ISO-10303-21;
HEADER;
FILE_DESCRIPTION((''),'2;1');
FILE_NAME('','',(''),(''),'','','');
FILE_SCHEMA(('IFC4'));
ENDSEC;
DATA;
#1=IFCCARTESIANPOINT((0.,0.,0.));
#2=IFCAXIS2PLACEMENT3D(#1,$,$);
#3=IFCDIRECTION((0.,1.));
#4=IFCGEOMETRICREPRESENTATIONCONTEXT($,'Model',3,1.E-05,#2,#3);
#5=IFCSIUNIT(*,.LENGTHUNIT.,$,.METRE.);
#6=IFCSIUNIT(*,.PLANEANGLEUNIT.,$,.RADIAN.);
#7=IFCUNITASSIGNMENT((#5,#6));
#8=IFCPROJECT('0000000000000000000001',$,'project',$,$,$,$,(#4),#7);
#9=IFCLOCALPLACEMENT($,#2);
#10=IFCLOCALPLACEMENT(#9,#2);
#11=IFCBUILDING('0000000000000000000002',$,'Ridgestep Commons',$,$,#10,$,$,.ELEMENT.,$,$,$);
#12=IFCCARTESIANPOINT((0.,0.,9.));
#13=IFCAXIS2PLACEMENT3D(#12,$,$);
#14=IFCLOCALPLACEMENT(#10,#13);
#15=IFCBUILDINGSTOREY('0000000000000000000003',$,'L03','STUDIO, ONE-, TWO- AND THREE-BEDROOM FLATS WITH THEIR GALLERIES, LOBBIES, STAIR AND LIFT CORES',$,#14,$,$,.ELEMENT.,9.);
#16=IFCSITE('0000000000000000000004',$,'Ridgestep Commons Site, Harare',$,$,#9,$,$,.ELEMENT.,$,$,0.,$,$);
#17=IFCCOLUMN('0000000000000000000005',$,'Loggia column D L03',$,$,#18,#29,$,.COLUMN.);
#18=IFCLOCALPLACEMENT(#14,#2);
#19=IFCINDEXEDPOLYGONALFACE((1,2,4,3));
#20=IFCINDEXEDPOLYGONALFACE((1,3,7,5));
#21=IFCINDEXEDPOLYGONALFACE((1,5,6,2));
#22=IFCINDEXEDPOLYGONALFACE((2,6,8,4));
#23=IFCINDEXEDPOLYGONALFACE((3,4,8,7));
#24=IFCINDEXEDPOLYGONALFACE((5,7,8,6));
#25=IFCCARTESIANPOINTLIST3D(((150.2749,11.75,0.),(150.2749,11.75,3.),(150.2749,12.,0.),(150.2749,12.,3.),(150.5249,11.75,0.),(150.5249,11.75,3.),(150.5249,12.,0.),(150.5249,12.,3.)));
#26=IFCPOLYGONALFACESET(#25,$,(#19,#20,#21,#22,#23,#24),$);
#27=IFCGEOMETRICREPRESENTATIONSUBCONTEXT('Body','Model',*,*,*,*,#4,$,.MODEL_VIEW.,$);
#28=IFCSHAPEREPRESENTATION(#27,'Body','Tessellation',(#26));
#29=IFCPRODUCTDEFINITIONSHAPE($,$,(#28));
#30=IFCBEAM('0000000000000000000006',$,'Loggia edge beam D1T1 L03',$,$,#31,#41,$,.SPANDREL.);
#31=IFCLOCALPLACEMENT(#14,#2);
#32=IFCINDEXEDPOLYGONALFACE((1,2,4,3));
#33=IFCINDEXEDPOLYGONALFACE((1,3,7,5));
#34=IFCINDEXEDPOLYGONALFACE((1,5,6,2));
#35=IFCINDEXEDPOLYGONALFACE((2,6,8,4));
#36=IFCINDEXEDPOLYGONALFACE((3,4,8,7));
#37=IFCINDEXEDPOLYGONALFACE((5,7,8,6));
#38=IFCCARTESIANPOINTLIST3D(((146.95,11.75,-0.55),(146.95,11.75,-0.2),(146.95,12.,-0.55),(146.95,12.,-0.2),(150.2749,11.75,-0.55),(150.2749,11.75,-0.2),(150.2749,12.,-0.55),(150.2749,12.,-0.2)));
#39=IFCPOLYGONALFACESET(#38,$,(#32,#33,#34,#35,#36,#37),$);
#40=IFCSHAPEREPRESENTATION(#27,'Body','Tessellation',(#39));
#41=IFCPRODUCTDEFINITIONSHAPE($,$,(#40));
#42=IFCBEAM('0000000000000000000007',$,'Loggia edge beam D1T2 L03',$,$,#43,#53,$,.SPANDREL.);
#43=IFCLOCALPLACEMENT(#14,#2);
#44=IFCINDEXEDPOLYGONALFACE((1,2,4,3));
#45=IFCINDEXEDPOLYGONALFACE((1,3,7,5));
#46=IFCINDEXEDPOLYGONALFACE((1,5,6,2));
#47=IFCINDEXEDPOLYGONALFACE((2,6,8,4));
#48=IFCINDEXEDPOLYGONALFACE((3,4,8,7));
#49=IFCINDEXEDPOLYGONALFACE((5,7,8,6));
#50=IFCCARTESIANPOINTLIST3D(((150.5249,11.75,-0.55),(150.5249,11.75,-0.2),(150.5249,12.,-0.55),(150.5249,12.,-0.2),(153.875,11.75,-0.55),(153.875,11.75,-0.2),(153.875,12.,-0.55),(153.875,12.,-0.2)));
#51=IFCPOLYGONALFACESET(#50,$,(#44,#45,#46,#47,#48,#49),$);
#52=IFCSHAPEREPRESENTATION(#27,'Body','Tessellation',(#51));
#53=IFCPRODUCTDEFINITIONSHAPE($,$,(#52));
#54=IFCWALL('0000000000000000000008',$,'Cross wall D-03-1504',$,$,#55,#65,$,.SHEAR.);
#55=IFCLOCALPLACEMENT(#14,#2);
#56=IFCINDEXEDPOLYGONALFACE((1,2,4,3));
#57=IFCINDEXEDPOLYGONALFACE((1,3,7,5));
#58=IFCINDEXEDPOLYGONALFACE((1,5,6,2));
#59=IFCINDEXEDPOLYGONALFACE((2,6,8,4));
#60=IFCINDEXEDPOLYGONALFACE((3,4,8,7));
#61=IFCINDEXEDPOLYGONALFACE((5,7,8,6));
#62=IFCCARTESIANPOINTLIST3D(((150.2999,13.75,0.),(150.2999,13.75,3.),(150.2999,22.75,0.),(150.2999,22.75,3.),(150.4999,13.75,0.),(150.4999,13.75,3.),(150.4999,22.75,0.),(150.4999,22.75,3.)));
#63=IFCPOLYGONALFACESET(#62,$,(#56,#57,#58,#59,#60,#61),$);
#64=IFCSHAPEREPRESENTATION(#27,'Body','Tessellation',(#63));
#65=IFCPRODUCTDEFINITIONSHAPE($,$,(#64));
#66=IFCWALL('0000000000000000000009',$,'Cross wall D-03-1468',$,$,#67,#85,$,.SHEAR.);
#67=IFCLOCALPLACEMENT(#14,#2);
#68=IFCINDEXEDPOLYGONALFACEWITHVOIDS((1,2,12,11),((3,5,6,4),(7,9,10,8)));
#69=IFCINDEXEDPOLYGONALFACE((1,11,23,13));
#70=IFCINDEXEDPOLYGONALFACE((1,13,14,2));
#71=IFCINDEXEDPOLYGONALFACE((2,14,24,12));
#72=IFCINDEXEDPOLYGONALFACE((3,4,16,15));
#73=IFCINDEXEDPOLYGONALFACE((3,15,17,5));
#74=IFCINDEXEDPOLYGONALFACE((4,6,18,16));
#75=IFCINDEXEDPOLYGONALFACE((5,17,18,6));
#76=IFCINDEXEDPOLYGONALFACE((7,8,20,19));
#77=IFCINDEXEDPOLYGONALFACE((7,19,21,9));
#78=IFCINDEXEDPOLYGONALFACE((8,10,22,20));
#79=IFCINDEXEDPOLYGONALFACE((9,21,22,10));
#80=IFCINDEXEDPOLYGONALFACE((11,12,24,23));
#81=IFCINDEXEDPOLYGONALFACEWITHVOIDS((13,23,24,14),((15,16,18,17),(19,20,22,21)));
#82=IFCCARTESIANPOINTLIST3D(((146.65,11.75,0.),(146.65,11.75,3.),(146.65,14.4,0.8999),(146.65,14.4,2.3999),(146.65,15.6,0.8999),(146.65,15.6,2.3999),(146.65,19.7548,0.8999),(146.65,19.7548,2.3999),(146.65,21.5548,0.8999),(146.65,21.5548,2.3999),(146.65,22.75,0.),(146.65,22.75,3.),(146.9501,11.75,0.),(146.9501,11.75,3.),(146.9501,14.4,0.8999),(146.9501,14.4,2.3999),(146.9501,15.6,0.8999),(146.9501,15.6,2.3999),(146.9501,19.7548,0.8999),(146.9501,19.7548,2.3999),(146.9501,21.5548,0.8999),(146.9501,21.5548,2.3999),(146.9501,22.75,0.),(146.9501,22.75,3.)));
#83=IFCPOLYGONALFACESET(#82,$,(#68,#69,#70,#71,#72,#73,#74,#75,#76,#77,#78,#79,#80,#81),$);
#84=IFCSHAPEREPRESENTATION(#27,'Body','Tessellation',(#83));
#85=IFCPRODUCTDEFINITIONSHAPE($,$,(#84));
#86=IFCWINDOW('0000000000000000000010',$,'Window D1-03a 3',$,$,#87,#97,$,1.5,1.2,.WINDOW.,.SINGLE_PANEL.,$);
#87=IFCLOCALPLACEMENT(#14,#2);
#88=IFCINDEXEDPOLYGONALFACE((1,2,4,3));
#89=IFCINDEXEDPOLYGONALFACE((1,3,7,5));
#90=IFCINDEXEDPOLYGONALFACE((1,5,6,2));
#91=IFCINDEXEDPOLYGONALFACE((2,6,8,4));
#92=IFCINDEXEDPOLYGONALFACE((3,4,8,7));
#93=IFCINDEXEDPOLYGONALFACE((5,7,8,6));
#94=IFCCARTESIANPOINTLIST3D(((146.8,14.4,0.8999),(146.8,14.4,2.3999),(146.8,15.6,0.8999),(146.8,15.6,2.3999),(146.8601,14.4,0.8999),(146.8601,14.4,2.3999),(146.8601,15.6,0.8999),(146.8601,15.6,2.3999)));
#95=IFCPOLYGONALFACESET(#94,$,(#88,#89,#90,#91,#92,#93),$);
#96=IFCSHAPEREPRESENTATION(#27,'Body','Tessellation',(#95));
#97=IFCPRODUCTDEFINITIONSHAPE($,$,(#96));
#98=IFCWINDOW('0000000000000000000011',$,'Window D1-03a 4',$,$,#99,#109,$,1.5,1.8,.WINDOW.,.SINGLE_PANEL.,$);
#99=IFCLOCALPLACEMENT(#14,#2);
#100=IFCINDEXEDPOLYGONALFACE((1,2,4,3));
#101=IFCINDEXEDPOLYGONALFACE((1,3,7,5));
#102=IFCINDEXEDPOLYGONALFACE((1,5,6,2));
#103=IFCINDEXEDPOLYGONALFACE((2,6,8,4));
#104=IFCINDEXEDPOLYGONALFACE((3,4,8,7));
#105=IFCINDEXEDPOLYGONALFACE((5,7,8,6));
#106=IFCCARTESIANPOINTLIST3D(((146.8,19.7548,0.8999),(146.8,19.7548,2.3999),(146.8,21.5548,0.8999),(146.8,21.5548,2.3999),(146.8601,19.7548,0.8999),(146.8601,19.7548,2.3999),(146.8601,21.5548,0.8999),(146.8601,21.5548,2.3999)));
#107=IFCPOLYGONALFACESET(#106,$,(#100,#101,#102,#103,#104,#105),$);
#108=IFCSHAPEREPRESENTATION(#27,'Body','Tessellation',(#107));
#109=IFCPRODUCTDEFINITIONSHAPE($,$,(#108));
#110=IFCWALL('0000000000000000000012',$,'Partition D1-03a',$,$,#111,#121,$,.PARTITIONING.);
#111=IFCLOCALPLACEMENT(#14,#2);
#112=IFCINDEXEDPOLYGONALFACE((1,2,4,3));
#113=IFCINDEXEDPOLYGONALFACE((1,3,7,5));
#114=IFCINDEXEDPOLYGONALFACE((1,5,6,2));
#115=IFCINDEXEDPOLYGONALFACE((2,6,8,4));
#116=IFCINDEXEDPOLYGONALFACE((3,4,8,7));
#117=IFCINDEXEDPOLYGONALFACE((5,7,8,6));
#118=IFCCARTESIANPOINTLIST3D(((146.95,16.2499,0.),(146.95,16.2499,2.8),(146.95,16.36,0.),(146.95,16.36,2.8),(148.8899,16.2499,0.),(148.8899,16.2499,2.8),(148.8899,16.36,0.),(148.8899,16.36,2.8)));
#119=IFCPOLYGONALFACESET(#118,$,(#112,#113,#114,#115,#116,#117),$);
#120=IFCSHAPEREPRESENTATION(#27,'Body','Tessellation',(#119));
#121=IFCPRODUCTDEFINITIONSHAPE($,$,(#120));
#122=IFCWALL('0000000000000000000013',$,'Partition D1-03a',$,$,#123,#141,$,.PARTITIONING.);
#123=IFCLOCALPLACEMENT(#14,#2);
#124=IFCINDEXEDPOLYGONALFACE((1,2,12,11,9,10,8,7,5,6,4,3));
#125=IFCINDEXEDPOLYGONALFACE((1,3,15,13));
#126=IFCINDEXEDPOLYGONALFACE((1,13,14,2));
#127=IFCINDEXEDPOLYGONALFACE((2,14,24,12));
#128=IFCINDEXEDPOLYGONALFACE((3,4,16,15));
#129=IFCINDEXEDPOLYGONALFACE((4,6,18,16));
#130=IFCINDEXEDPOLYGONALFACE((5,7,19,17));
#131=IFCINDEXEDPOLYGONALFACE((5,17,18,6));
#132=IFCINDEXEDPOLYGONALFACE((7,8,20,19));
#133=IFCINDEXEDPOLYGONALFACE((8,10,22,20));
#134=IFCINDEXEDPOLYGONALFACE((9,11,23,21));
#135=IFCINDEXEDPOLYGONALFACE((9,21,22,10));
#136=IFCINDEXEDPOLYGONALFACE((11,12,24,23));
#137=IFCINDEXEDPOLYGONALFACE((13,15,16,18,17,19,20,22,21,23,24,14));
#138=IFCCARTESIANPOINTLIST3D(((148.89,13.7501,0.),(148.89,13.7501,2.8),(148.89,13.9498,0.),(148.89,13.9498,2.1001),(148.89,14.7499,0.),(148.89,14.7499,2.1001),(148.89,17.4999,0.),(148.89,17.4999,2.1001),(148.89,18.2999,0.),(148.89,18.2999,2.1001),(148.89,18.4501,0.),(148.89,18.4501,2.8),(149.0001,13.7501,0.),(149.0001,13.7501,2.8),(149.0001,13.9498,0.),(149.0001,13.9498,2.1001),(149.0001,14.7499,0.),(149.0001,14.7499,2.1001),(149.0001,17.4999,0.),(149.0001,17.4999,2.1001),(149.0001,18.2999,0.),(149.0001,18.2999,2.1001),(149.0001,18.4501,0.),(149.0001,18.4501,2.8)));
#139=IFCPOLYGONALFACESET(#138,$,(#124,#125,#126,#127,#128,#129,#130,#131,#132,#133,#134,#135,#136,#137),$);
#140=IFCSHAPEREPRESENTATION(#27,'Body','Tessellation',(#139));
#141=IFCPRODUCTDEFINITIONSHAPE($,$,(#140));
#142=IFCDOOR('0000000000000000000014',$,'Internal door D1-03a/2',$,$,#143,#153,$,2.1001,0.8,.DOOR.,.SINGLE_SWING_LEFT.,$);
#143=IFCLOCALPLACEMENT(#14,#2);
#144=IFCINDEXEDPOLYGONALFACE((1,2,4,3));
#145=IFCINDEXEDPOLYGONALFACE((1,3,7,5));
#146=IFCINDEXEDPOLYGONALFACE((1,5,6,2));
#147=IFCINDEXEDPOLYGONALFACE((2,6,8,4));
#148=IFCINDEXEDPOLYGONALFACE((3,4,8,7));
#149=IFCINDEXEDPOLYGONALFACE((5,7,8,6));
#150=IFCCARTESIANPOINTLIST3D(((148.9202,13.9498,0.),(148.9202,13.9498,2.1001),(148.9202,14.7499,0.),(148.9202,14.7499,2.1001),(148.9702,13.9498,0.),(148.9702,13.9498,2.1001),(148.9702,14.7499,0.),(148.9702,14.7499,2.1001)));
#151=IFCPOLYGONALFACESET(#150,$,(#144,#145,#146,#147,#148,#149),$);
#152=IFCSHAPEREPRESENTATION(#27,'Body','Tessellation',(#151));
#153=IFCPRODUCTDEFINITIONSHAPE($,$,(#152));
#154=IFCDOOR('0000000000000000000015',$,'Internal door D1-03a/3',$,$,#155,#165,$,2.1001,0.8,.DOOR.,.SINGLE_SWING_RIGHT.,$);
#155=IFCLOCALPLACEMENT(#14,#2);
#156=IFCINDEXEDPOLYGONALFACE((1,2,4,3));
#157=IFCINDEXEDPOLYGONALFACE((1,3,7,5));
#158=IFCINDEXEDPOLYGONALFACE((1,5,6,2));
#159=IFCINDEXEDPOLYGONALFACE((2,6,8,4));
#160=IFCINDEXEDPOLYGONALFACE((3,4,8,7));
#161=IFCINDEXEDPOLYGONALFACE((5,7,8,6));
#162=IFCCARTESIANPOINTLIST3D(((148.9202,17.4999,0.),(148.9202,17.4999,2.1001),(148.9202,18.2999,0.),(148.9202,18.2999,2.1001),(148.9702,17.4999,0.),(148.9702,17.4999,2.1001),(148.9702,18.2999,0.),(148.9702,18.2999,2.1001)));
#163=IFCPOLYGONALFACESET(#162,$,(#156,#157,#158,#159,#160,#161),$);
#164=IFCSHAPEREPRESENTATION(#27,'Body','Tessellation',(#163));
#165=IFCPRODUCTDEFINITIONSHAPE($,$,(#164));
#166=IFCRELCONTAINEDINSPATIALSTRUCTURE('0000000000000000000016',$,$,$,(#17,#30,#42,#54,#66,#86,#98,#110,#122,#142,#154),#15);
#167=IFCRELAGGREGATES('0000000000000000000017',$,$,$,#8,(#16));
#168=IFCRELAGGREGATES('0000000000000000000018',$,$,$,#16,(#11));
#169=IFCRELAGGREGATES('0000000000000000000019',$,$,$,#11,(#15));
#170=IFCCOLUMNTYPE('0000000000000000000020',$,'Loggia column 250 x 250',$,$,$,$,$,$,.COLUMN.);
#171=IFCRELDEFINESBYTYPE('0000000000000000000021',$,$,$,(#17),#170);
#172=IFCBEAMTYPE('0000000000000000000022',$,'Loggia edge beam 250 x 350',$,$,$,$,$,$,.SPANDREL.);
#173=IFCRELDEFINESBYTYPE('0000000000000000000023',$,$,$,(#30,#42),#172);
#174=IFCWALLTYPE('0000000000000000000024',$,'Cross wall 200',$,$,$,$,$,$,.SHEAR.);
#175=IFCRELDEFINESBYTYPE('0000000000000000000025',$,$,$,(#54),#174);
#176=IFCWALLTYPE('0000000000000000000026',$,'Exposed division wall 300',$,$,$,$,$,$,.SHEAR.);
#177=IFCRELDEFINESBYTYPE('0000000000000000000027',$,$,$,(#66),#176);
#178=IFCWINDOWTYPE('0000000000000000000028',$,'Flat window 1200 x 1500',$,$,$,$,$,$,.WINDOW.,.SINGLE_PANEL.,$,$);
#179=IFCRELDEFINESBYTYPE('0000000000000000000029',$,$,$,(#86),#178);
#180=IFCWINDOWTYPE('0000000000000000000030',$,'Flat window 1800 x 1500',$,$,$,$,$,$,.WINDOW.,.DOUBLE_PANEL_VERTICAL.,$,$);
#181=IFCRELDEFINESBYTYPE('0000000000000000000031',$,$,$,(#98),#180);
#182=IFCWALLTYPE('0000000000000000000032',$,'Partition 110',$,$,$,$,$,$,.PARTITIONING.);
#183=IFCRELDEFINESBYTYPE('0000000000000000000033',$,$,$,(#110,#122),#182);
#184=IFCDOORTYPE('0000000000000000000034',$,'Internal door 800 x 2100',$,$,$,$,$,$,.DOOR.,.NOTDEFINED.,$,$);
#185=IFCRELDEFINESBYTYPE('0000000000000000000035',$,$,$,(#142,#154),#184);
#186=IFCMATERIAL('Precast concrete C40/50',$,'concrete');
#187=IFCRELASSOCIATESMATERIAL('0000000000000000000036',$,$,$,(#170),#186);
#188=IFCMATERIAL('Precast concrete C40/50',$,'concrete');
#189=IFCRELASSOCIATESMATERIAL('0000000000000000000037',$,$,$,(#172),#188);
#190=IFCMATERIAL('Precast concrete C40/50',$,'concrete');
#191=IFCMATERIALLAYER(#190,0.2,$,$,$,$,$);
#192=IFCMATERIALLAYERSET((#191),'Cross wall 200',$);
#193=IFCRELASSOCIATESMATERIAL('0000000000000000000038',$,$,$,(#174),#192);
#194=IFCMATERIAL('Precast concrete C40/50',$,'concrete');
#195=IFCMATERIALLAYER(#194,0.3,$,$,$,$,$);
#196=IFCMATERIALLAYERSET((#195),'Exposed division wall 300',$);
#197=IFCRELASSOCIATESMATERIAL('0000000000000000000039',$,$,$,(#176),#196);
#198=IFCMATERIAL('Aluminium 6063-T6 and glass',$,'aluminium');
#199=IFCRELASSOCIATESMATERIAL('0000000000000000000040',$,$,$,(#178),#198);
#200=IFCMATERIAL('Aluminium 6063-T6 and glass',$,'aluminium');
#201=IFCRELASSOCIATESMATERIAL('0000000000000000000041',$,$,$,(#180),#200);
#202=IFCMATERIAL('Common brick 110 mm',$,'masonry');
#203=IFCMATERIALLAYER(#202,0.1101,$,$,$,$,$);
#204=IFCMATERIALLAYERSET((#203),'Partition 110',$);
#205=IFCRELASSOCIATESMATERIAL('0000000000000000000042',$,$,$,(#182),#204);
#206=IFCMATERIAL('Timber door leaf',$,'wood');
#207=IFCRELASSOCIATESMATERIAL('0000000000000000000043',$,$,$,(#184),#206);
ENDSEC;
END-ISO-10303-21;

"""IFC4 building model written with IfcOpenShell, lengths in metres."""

from ifc_helpers import new_model, si_unit, direction, frame, frame_2d, origin, origin_2d, place, context, subcontext, project, spatial, rectangle, extrude, material, layer, layer_set, material_profile, profile_set, type_object, element, fill, save


model = new_model("IFC4")

# Units and contexts
model_context = context("Model", 3, precision=1e-05, world=origin(), true_north=direction((0.0, 1.0)))
body_context = subcontext(model_context, "Body", "Model", "MODEL_VIEW")
ifc_project = project(units=[si_unit("LENGTHUNIT", "METRE"), si_unit("PLANEANGLEUNIT", "RADIAN")], contexts=[model_context])

# Site, building, storey
site_placement = place(None, origin())
site = spatial("IfcSite", under=ifc_project, at=site_placement, Name="Ridgestep Commons Site, Harare", CompositionType="ELEMENT", RefElevation=0.0)
building_placement = place(site_placement, origin())
building = spatial("IfcBuilding", under=site, at=building_placement, Name="Ridgestep Commons", CompositionType="ELEMENT")
storey_placement = place(building_placement, frame((0.0, 0.0, 9.0)))
storey = spatial("IfcBuildingStorey", under=building, at=storey_placement, Name="L03", Description="STUDIO, ONE-, TWO- AND THREE-BEDROOM FLATS WITH THEIR GALLERIES, LOBBIES, STAIR AND LIFT CORES", CompositionType="ELEMENT", Elevation=9.0)

# Column
ifc_material_1 = material(Name="Precast concrete C40/50", Category="concrete")
ifc_material_profile_1 = material_profile(ifc_material_1, rectangle(XDim=0.25, YDim=0.25, at=origin_2d()), Name="PC 250x250")
ifc_profile_set_1 = profile_set([ifc_material_profile_1], Name="Precast concrete C40/50")
column_type = type_object("IfcColumnType", Name="Loggia column 250 x 250", PredefinedType="COLUMN", material=ifc_profile_set_1)
column_placement = place(storey_placement, frame((150.3999, 11.875, 0.0), z_axis=(0.0, 0.0, 1.0), x_axis=(1.0, 0.0, 0.0)))
element("IfcColumn", 1, at=column_placement, inside=storey, type_object=column_type, Name="Loggia column D L03", PredefinedType="COLUMN", context=body_context, shape_type="SweptSolid", body=[
    extrude(rectangle(XDim=0.25, YDim=0.25, at=origin_2d()), origin(), (0.0, 0.0, 1.0), 3.0),
])

# Beams
ifc_material_2 = material(Name="Precast concrete C40/50", Category="concrete")
ifc_material_profile_2 = material_profile(ifc_material_2, rectangle(XDim=0.25, YDim=0.3501, at=origin_2d()), Name="PC 250x350")
ifc_profile_set_2 = profile_set([ifc_material_profile_2], Name="Precast concrete C40/50")
beam_type = type_object("IfcBeamType", Name="Loggia edge beam 250 x 350", PredefinedType="SPANDREL", material=ifc_profile_set_2)
beam_1_placement = place(storey_placement, frame((146.95, 11.875, -0.375), z_axis=(1.0, 0.0, 0.0), x_axis=(0.0, 1.0, 0.0)))
element("IfcBeam", 2, at=beam_1_placement, inside=storey, type_object=beam_type, Name="Loggia edge beam D1T1 L03", PredefinedType="SPANDREL", context=body_context, shape_type="SweptSolid", body=[
    extrude(rectangle(XDim=0.25, YDim=0.3501, at=origin_2d()), origin(), (0.0, 0.0, 1.0), 3.325),
])
beam_2_placement = place(storey_placement, frame((150.5249, 11.875, -0.375), z_axis=(1.0, 0.0, 0.0), x_axis=(0.0, 1.0, 0.0)))
element("IfcBeam", 3, at=beam_2_placement, inside=storey, type_object=beam_type, Name="Loggia edge beam D1T2 L03", PredefinedType="SPANDREL", context=body_context, shape_type="SweptSolid", body=[
    extrude(rectangle(XDim=0.25, YDim=0.3501, at=origin_2d()), origin(), (0.0, 0.0, 1.0), 3.3501),
])

# Wall
ifc_material_3 = material(Name="Precast concrete C40/50", Category="concrete")
ifc_layer_1 = layer(ifc_material_3, 0.2)
ifc_layer_set_1 = layer_set([ifc_layer_1], Name="Cross wall 200")
wall_type_1 = type_object("IfcWallType", Name="Cross wall 200", PredefinedType="SHEAR", material=ifc_layer_set_1)
wall_1_placement = place(storey_placement, frame((150.3999, 13.75, 0.0), z_axis=(0.0, 0.0, 1.0), x_axis=(0.0, 1.0, 0.0)))
element("IfcWall", 4, at=wall_1_placement, inside=storey, type_object=wall_type_1, Name="Cross wall D-03-1504", PredefinedType="SHEAR", context=body_context, shape_type="SweptSolid", body=[
    extrude(rectangle(XDim=9.0, YDim=0.2, at=frame_2d((4.5, 0.0))), origin(), (0.0, 0.0, 1.0), 3.0),
])

# Wall, openings, windows
ifc_material_4 = material(Name="Precast concrete C40/50", Category="concrete")
ifc_layer_2 = layer(ifc_material_4, 0.3)
ifc_layer_set_2 = layer_set([ifc_layer_2], Name="Exposed division wall 300")
wall_type_2 = type_object("IfcWallType", Name="Exposed division wall 300", PredefinedType="SHEAR", material=ifc_layer_set_2)
wall_2_placement = place(storey_placement, frame((146.8, 11.75, 0.0), z_axis=(0.0, 0.0, 1.0), x_axis=(0.0, 1.0, 0.0)))
wall_2 = element("IfcWall", 5, at=wall_2_placement, inside=storey, type_object=wall_type_2, Name="Cross wall D-03-1468", PredefinedType="SHEAR", context=body_context, shape_type="SweptSolid", body=[
    extrude(rectangle(XDim=11.0, YDim=0.3, at=frame_2d((5.5, 0.0))), origin(), (0.0, 0.0, 1.0), 3.0),
])
opening_1_placement = place(wall_2_placement, frame((2.6499, 0.0, 0.8999)))
opening_1 = element("IfcOpeningElement", 6, at=opening_1_placement, cuts=wall_2, PredefinedType="OPENING", context=body_context, shape_type="SweptSolid", body=[
    extrude(rectangle(XDim=1.2, YDim=1.5, at=frame_2d((0.6001, 0.75))), frame((0.0, 0.1599, 0.0), z_axis=(0.0, -1.0, 0.0), x_axis=(1.0, 0.0, 0.0)), (0.0, 0.0, 1.0), 0.3201),
])
opening_2_placement = place(wall_2_placement, frame((8.0049, 0.0, 0.8999)))
opening_2 = element("IfcOpeningElement", 7, at=opening_2_placement, cuts=wall_2, PredefinedType="OPENING", context=body_context, shape_type="SweptSolid", body=[
    extrude(rectangle(XDim=1.8, YDim=1.5, at=frame_2d((0.8999, 0.75))), frame((0.0, 0.1599, 0.0), z_axis=(0.0, -1.0, 0.0), x_axis=(1.0, 0.0, 0.0)), (0.0, 0.0, 1.0), 0.3201),
])
ifc_material_5 = material(Name="Aluminium 6063-T6 and glass", Category="aluminium")
window_type_1 = type_object("IfcWindowType", Name="Flat window 1200 x 1500", PartitioningType="SINGLE_PANEL", PredefinedType="WINDOW", material=ifc_material_5)
window_1_placement = place(opening_1_placement, origin())
window_1 = element("IfcWindow", 8, at=window_1_placement, inside=storey, type_object=window_type_1, Name="Window D1-03a 3", OverallHeight=1.5, OverallWidth=1.2, PartitioningType="SINGLE_PANEL", PredefinedType="WINDOW", context=body_context, shape_type="SweptSolid", body=[
    extrude(rectangle(XDim=1.2, YDim=1.5, at=frame_2d((0.6001, 0.75))), frame((0.0, 0.0, 0.0), z_axis=(0.0, -1.0, 0.0), x_axis=(1.0, 0.0, 0.0)), (0.0, 0.0, 1.0), 0.0601),
])
fill(opening_1, window_1)
ifc_material_6 = material(Name="Aluminium 6063-T6 and glass", Category="aluminium")
window_type_2 = type_object("IfcWindowType", Name="Flat window 1800 x 1500", PartitioningType="DOUBLE_PANEL_VERTICAL", PredefinedType="WINDOW", material=ifc_material_6)
window_2_placement = place(opening_2_placement, origin())
window_2 = element("IfcWindow", 9, at=window_2_placement, inside=storey, type_object=window_type_2, Name="Window D1-03a 4", OverallHeight=1.5, OverallWidth=1.8, PartitioningType="SINGLE_PANEL", PredefinedType="WINDOW", context=body_context, shape_type="SweptSolid", body=[
    extrude(rectangle(XDim=1.8, YDim=1.5, at=frame_2d((0.8999, 0.75))), frame((0.0, 0.0, 0.0), z_axis=(0.0, -1.0, 0.0), x_axis=(1.0, 0.0, 0.0)), (0.0, 0.0, 1.0), 0.0601),
])
fill(opening_2, window_2)

# Wall
ifc_material_7 = material(Name="Common brick 110 mm", Category="masonry")
ifc_layer_3 = layer(ifc_material_7, 0.1101)
ifc_layer_set_3 = layer_set([ifc_layer_3], Name="Partition 110")
wall_type_3 = type_object("IfcWallType", Name="Partition 110", PredefinedType="PARTITIONING", material=ifc_layer_set_3)
wall_3_placement = place(storey_placement, frame((146.95, 16.3049, 0.0), z_axis=(0.0, 0.0, 1.0), x_axis=(1.0, 0.0, 0.0)))
element("IfcWall", 10, at=wall_3_placement, inside=storey, type_object=wall_type_3, Name="Partition D1-03a", PredefinedType="PARTITIONING", context=body_context, shape_type="SweptSolid", body=[
    extrude(rectangle(XDim=1.9399, YDim=0.1101, at=frame_2d((0.97, 0.0))), origin(), (0.0, 0.0, 1.0), 2.8),
])

# Wall, openings, doors
wall_4_placement = place(storey_placement, frame((148.9451, 13.75, 0.0), z_axis=(0.0, 0.0, 1.0), x_axis=(0.0, 1.0, 0.0)))
wall_4 = element("IfcWall", 11, at=wall_4_placement, inside=storey, type_object=wall_type_3, Name="Partition D1-03a", PredefinedType="PARTITIONING", context=body_context, shape_type="SweptSolid", body=[
    extrude(rectangle(XDim=4.7, YDim=0.1101, at=frame_2d((2.3501, 0.0))), origin(), (0.0, 0.0, 1.0), 2.8),
])
opening_3_placement = place(wall_4_placement, frame((0.2, 0.0, 0.0)))
opening_3 = element("IfcOpeningElement", 12, at=opening_3_placement, cuts=wall_4, PredefinedType="OPENING", context=body_context, shape_type="SweptSolid", body=[
    extrude(rectangle(XDim=0.8, YDim=2.1001, at=frame_2d((0.3999, 1.05))), frame((0.0, 0.0649, 0.0), z_axis=(0.0, -1.0, 0.0), x_axis=(1.0, 0.0, 0.0)), (0.0, 0.0, 1.0), 0.1301),
])
opening_4_placement = place(wall_4_placement, frame((3.75, 0.0, 0.0)))
opening_4 = element("IfcOpeningElement", 13, at=opening_4_placement, cuts=wall_4, PredefinedType="OPENING", context=body_context, shape_type="SweptSolid", body=[
    extrude(rectangle(XDim=0.8, YDim=2.1001, at=frame_2d((0.3999, 1.05))), frame((0.0, 0.0649, 0.0), z_axis=(0.0, -1.0, 0.0), x_axis=(1.0, 0.0, 0.0)), (0.0, 0.0, 1.0), 0.1301),
])
ifc_material_8 = material(Name="Timber door leaf", Category="wood")
door_type_1 = type_object("IfcDoorType", Name="Internal door 800 x 2100", OperationType="NOTDEFINED", PredefinedType="DOOR", material=ifc_material_8)
door_1_placement = place(opening_3_placement, origin())
door_1 = element("IfcDoor", 14, at=door_1_placement, inside=storey, type_object=door_type_1, Name="Internal door D1-03a/2", OperationType="SINGLE_SWING_LEFT", OverallHeight=2.1001, OverallWidth=0.8, PredefinedType="DOOR", context=body_context, shape_type="SweptSolid", body=[
    extrude(rectangle(XDim=0.8, YDim=2.1001, at=frame_2d((0.3999, 1.05))), frame((0.0, 0.0249, 0.0), z_axis=(0.0, -1.0, 0.0), x_axis=(1.0, 0.0, 0.0)), (0.0, 0.0, 1.0), 0.05),
])
fill(opening_3, door_1)
door_2_placement = place(opening_4_placement, origin())
door_2 = element("IfcDoor", 15, at=door_2_placement, inside=storey, type_object=door_type_1, Name="Internal door D1-03a/3", OperationType="SINGLE_SWING_RIGHT", OverallHeight=2.1001, OverallWidth=0.8, PredefinedType="DOOR", context=body_context, shape_type="SweptSolid", body=[
    extrude(rectangle(XDim=0.8, YDim=2.1001, at=frame_2d((0.3999, 1.05))), frame((0.0, 0.0249, 0.0), z_axis=(0.0, -1.0, 0.0), x_axis=(1.0, 0.0, 0.0)), (0.0, 0.0, 1.0), 0.05),
])
fill(opening_4, door_2)

save(model, "model.ifc")
